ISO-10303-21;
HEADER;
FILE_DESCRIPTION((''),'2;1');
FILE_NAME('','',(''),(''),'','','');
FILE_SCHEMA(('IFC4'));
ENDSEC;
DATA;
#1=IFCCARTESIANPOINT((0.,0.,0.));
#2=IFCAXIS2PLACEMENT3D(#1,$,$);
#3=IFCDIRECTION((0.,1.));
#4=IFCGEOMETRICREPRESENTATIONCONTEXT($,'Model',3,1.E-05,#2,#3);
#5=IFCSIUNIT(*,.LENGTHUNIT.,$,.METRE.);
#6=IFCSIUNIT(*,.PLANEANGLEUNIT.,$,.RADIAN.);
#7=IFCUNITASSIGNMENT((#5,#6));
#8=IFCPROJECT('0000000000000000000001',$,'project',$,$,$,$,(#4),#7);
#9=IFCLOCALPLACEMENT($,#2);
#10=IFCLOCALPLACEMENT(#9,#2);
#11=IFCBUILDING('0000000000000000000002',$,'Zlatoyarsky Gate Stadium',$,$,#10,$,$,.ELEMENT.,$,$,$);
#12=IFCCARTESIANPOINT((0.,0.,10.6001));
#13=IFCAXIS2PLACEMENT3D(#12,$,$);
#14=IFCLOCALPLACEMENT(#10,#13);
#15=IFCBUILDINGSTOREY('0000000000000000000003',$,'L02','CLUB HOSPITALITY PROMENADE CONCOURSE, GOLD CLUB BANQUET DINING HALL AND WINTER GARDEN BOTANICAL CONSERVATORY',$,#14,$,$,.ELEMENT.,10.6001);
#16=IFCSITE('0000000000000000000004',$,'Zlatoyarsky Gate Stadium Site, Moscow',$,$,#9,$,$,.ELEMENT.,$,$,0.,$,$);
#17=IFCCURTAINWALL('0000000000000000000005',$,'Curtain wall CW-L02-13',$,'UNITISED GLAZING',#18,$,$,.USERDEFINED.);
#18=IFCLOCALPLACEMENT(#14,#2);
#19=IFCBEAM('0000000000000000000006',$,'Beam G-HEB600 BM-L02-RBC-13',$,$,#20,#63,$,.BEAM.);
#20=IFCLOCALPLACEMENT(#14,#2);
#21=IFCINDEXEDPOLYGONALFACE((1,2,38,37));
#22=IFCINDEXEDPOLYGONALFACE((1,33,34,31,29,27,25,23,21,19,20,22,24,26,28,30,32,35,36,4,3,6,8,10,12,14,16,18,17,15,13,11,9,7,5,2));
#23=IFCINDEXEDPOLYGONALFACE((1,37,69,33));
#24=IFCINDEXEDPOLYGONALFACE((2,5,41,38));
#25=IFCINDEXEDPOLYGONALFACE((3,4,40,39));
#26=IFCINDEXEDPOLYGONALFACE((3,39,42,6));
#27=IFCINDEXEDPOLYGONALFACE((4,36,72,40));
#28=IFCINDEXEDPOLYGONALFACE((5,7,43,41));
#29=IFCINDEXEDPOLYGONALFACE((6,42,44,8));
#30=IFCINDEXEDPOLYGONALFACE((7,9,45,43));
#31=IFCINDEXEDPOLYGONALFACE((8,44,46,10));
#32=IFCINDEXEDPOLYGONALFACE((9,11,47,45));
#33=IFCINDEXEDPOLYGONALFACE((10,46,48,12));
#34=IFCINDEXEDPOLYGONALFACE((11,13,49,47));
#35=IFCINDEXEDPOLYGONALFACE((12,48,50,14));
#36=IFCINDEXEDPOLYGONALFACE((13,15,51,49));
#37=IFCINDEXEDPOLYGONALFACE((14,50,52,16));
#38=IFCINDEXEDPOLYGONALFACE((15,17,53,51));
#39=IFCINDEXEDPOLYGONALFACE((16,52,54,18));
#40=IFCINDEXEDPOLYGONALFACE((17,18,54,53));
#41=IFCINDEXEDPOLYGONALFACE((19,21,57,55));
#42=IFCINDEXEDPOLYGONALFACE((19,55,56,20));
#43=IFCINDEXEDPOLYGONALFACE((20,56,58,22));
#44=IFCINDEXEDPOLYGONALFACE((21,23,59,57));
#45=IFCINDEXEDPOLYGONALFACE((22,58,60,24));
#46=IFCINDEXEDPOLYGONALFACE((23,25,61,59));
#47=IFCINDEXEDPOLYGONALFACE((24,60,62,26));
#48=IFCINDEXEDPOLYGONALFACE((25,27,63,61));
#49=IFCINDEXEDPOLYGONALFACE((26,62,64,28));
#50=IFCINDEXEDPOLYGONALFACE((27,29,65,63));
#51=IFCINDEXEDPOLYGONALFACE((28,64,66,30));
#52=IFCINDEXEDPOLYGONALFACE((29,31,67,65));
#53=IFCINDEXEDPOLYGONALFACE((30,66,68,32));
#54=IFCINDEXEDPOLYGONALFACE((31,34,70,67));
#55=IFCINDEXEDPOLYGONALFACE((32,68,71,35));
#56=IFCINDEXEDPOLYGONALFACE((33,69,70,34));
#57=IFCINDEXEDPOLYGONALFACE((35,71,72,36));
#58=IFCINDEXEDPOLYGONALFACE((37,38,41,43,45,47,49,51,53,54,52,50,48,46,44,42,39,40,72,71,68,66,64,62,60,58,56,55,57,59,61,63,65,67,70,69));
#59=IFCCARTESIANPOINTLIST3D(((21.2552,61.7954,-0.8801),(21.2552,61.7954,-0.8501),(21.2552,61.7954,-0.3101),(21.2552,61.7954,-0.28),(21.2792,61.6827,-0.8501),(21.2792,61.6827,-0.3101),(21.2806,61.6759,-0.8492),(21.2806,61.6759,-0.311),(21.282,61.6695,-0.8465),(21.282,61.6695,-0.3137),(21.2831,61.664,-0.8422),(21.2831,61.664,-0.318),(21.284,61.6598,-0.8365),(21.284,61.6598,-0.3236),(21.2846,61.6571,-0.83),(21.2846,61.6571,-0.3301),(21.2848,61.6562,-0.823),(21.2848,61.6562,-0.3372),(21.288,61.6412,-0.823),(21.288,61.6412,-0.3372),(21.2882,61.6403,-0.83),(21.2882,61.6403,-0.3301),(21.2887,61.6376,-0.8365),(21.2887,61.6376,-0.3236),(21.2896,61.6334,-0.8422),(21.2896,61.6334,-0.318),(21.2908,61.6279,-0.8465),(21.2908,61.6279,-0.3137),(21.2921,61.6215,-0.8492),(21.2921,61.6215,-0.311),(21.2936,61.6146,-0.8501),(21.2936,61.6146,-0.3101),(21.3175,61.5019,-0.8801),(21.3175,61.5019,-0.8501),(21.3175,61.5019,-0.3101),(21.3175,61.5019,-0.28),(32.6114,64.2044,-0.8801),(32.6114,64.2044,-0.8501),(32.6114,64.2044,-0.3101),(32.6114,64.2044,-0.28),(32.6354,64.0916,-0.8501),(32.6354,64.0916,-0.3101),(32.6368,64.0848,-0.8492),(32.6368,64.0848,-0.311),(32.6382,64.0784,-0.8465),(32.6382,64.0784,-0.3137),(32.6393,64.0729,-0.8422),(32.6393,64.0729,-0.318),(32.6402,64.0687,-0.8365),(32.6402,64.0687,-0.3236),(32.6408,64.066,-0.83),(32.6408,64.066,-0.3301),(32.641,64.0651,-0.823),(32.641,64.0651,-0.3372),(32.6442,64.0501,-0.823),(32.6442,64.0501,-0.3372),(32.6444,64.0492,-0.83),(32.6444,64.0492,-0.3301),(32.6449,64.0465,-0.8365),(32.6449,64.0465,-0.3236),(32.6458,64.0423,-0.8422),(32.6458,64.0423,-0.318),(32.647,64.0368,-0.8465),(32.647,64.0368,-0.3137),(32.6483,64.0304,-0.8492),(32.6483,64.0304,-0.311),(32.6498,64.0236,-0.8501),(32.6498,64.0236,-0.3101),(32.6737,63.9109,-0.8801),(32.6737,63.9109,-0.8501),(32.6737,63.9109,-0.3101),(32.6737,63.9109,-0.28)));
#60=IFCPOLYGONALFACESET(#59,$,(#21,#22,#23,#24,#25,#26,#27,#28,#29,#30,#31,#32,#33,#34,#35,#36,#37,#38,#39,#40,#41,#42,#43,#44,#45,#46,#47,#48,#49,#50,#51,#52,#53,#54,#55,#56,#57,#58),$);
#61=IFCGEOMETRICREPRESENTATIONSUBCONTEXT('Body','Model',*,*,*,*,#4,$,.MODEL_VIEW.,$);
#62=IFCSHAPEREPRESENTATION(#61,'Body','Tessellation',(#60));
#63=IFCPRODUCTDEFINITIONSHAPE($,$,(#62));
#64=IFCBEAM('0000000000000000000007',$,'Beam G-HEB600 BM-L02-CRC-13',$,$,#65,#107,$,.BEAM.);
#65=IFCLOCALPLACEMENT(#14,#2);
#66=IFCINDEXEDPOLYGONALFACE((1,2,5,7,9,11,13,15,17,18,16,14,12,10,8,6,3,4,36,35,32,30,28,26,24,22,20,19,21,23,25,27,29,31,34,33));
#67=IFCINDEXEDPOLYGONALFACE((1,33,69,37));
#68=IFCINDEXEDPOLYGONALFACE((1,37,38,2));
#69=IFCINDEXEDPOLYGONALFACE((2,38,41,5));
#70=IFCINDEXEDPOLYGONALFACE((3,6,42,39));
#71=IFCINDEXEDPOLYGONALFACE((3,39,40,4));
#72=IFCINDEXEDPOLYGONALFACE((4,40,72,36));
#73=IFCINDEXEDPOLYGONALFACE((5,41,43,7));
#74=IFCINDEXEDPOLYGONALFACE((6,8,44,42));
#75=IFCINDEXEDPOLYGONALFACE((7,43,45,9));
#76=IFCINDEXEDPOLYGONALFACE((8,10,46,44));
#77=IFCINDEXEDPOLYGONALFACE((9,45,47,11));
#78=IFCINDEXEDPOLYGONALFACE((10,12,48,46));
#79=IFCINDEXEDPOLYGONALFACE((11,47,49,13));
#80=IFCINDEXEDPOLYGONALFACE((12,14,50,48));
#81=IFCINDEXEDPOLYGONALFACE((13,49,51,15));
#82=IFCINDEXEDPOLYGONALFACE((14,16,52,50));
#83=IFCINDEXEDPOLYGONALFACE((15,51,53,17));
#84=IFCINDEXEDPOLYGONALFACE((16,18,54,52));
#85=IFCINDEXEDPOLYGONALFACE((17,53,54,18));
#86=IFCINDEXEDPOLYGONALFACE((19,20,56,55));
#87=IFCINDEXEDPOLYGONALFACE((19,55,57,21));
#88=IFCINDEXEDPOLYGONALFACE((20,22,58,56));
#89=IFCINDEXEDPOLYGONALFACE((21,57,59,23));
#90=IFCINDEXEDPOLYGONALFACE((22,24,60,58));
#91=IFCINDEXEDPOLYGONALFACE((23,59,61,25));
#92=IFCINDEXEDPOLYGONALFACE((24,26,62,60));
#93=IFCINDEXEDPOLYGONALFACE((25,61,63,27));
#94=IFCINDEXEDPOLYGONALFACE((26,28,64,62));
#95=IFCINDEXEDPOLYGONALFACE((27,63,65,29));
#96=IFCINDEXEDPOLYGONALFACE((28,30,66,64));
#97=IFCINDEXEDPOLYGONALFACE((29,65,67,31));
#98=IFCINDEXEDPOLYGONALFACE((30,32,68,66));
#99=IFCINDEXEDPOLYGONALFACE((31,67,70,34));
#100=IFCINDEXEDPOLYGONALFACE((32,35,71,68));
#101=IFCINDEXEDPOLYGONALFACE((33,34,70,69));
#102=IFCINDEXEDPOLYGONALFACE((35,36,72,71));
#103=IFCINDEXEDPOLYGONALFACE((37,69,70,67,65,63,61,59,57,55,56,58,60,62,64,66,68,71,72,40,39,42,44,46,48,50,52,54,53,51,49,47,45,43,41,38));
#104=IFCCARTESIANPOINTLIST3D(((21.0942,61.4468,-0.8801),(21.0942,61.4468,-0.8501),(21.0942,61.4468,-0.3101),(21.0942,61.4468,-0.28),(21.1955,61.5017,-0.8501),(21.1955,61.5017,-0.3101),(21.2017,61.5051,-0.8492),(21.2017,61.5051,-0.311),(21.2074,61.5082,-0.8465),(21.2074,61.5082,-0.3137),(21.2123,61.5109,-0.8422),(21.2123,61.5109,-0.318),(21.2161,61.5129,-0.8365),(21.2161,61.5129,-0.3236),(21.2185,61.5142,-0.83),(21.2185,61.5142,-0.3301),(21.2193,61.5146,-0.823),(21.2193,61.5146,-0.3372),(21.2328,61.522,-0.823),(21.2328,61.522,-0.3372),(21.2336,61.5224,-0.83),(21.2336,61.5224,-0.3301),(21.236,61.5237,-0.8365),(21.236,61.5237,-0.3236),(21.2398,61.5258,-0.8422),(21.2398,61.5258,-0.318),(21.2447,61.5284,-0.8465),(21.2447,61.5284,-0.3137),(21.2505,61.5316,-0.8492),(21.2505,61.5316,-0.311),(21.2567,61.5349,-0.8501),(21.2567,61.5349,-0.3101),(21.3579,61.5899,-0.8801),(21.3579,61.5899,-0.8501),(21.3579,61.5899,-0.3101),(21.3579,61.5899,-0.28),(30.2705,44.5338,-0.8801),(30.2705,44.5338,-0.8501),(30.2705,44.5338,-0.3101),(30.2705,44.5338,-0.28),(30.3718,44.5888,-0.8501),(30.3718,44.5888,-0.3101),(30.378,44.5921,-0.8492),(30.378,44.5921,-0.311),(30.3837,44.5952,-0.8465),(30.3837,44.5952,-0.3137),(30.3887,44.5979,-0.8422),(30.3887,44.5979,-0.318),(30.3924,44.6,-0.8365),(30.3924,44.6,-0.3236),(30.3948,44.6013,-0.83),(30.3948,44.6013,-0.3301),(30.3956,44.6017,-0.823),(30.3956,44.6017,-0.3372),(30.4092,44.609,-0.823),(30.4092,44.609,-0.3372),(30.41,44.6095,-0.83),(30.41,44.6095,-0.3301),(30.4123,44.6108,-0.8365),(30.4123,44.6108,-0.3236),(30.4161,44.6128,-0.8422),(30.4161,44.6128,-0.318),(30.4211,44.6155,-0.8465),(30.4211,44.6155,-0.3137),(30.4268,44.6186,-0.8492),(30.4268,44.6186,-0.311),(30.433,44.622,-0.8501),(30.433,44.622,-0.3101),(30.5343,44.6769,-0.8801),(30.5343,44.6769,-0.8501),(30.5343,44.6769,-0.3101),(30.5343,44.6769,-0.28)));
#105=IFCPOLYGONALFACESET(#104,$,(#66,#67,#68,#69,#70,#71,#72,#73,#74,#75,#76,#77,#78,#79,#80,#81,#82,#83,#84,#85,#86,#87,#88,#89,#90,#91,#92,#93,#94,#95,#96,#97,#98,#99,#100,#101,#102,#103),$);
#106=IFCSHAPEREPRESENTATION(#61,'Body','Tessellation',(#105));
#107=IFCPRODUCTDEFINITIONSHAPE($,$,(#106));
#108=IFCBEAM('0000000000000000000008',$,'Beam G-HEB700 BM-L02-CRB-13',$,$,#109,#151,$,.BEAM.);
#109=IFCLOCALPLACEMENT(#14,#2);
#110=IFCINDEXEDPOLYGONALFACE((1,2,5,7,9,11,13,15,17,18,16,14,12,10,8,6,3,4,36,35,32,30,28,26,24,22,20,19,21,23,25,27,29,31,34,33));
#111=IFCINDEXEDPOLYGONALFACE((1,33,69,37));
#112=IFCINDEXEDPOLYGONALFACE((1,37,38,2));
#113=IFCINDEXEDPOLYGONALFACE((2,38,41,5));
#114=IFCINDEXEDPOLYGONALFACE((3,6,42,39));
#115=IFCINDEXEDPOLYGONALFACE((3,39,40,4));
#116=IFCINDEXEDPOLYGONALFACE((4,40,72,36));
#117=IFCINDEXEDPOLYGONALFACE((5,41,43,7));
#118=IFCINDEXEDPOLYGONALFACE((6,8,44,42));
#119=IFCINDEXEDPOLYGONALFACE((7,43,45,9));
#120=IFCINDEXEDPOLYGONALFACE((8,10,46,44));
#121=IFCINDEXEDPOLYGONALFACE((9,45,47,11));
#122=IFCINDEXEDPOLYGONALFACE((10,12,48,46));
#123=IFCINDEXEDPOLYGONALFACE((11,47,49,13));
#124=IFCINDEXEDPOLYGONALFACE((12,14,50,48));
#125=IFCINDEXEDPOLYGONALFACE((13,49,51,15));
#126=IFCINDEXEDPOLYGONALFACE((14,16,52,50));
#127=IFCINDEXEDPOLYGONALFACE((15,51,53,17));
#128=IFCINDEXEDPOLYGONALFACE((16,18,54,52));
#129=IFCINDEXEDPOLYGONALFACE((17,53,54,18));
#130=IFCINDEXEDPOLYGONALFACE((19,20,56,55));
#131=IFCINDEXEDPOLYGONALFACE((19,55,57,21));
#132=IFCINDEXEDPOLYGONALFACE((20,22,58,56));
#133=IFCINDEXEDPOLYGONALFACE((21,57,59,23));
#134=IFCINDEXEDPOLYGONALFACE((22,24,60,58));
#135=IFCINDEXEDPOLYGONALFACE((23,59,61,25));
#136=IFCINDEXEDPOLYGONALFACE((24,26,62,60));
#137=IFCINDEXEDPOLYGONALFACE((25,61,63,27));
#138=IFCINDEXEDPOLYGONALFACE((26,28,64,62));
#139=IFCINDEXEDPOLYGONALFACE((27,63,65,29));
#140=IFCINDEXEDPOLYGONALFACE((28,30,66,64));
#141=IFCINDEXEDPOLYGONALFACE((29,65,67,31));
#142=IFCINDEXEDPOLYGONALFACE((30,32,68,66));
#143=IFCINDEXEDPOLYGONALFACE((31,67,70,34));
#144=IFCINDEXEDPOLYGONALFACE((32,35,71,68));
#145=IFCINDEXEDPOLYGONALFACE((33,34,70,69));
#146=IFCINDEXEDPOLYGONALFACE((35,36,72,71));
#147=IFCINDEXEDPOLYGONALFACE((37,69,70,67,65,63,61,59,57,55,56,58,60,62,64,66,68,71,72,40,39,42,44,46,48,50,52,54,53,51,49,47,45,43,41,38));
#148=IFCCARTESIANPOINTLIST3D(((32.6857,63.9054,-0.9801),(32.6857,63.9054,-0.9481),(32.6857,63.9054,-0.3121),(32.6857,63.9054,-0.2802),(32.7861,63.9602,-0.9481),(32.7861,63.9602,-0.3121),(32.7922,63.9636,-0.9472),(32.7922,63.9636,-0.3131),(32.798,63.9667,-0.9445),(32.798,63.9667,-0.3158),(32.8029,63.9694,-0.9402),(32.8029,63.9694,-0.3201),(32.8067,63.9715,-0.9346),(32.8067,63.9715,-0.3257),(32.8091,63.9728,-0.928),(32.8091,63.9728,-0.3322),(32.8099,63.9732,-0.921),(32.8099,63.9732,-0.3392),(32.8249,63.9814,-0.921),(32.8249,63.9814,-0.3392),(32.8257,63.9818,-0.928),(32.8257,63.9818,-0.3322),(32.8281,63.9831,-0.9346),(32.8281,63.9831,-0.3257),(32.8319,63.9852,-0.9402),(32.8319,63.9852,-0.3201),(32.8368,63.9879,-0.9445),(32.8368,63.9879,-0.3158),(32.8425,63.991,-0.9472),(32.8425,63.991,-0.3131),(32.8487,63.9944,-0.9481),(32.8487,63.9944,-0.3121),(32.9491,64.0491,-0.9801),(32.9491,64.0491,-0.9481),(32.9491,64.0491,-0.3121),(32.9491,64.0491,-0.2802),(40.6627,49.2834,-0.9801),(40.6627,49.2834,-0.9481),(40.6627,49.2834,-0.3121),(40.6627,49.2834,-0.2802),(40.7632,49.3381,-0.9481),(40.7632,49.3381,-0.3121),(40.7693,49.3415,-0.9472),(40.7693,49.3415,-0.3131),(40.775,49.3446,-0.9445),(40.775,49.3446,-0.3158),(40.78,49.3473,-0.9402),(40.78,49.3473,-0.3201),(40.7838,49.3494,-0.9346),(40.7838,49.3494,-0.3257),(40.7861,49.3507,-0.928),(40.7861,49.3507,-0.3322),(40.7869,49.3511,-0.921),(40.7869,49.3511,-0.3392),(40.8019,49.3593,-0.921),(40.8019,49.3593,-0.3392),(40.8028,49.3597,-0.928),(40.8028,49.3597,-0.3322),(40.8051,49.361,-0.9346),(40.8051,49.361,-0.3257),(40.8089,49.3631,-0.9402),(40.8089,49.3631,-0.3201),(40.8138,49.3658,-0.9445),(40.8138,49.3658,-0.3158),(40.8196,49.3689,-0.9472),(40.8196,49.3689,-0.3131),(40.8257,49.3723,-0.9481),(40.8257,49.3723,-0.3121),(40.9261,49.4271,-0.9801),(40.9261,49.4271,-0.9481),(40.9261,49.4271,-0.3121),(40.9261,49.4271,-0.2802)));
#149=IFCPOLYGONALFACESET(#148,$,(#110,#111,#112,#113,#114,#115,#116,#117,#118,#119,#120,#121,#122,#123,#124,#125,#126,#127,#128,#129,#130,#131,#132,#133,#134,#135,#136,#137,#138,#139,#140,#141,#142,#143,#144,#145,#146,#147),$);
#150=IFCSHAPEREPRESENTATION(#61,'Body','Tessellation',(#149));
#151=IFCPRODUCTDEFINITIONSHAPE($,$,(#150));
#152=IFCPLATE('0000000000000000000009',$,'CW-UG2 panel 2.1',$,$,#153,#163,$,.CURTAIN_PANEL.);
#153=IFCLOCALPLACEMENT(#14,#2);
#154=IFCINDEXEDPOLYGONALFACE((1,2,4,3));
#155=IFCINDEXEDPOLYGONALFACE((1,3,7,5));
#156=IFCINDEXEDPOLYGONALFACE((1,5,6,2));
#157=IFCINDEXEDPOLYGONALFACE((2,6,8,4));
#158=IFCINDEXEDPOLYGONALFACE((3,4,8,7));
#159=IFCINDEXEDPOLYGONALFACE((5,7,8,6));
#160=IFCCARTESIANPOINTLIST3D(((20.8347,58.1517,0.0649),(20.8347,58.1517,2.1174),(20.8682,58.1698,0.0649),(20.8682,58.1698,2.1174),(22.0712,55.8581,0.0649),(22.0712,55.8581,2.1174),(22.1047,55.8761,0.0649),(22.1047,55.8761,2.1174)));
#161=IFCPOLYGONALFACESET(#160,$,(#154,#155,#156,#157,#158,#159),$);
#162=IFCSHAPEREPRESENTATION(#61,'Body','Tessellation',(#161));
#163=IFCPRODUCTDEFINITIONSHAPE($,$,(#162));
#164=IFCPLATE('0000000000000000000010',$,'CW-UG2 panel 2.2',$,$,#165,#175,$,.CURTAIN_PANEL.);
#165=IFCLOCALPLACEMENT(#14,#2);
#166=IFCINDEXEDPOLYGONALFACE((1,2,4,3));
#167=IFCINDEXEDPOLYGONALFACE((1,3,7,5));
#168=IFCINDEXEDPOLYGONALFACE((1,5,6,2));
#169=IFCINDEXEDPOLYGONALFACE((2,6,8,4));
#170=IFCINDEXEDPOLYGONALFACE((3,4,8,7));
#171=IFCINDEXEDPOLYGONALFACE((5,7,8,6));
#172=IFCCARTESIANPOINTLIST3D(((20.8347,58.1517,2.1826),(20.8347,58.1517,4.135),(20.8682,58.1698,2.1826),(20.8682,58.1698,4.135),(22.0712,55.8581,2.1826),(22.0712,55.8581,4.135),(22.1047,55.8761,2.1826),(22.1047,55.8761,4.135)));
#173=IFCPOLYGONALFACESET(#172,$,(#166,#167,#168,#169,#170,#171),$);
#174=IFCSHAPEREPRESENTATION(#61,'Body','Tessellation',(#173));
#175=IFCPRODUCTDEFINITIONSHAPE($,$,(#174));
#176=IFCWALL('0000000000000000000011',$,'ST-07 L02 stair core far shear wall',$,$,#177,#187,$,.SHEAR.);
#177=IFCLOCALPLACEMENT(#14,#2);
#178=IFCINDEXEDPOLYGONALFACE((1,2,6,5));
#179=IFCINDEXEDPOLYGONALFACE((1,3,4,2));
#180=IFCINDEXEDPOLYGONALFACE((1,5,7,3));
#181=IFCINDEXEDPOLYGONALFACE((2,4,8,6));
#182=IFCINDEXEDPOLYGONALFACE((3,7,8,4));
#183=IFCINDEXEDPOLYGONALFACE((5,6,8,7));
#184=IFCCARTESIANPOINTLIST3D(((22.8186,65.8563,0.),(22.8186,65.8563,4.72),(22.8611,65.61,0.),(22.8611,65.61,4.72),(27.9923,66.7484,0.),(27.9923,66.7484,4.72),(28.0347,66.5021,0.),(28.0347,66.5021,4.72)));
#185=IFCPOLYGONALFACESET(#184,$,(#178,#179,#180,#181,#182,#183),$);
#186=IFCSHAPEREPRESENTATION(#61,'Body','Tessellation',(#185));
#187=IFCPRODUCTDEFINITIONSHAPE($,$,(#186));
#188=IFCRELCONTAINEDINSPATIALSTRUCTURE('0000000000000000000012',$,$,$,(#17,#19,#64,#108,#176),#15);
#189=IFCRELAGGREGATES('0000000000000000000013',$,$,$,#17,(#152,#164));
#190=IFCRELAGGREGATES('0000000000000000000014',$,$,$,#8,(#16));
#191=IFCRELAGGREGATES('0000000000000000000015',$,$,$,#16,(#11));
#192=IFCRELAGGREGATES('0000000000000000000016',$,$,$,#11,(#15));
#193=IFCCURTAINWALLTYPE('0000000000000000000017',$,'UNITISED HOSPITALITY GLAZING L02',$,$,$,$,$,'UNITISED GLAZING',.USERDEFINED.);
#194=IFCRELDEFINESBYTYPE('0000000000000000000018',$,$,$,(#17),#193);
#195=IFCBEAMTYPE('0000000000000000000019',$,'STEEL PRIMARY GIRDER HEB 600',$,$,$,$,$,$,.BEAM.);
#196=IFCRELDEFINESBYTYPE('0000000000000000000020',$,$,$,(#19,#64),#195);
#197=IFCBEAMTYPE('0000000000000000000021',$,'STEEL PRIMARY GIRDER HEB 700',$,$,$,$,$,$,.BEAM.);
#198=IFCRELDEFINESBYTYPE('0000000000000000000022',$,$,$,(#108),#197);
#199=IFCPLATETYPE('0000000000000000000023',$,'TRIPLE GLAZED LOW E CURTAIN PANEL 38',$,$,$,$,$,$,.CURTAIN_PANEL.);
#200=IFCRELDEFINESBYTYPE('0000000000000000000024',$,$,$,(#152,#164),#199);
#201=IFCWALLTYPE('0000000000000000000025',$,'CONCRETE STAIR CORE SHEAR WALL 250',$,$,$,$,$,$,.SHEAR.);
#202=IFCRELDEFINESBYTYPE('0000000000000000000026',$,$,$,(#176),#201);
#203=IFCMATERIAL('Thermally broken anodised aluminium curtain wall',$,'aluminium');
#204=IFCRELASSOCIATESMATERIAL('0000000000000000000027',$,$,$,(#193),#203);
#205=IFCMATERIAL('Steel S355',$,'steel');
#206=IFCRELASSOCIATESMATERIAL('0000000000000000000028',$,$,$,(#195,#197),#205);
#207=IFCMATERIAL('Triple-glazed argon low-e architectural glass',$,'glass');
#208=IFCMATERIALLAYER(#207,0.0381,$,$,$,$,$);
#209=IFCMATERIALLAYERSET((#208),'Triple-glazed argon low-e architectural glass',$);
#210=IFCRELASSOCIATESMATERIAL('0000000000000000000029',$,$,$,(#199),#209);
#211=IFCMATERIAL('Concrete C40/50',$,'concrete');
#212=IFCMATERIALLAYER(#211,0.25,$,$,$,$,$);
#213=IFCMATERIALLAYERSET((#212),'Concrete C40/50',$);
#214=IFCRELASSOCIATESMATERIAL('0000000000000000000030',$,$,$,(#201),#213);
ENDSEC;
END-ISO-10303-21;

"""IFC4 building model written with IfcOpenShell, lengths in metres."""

from ifc_helpers import new_model, si_unit, direction, frame, frame_2d, origin, origin_2d, place, context, subcontext, project, spatial, rectangle, i_section, extrude, material, layer, layer_set, material_profile, profile_set, type_object, element, aggregate, save


model = new_model("IFC4")

# Units and contexts
model_context = context("Model", 3, precision=1e-05, world=origin(), true_north=direction((0.0, 1.0)))
body_context = subcontext(model_context, "Body", "Model", "MODEL_VIEW")
ifc_project = project(units=[si_unit("LENGTHUNIT", "METRE"), si_unit("PLANEANGLEUNIT", "RADIAN")], contexts=[model_context])

# Site, building, storey
site_placement = place(None, origin())
site = spatial("IfcSite", under=ifc_project, at=site_placement, Name="Zlatoyarsky Gate Stadium Site, Moscow", CompositionType="ELEMENT", RefElevation=0.0)
building_placement = place(site_placement, origin())
building = spatial("IfcBuilding", under=site, at=building_placement, Name="Zlatoyarsky Gate Stadium", CompositionType="ELEMENT")
storey_placement = place(building_placement, frame((0.0, 0.0, 10.6001)))
storey = spatial("IfcBuildingStorey", under=building, at=storey_placement, Name="L02", Description="CLUB HOSPITALITY PROMENADE CONCOURSE, GOLD CLUB BANQUET DINING HALL AND WINTER GARDEN BOTANICAL CONSERVATORY", CompositionType="ELEMENT", Elevation=10.6001)

# Shared definitions
ifc_material_1 = material(Name="Concrete C40/50", Category="concrete")
ifc_material_2 = material(Name="Steel S355", Category="steel")

# Curtain wall
ifc_material_3 = material(Name="Thermally broken anodised aluminium curtain wall", Category="aluminium")
curtain_wall_type = type_object("IfcCurtainWallType", Name="UNITISED HOSPITALITY GLAZING L02", ElementType="UNITISED GLAZING", PredefinedType="USERDEFINED", material=ifc_material_3)
curtain_wall_placement = place(storey_placement, origin())
curtain_wall = element("IfcCurtainWall", 1, at=curtain_wall_placement, inside=storey, type_object=curtain_wall_type, Name="Curtain wall CW-L02-13", ObjectType="UNITISED GLAZING", PredefinedType="USERDEFINED")

# Beams
ifc_material_profile_1 = material_profile(ifc_material_2, i_section(OverallWidth=0.3, OverallDepth=0.6001, WebThickness=0.0154, FlangeThickness=0.03, FilletRadius=0.0271, at=origin_2d()), Name="HEB 600")
ifc_profile_set_1 = profile_set([ifc_material_profile_1], Name="Steel S355")
beam_type_1 = type_object("IfcBeamType", Name="STEEL PRIMARY GIRDER HEB 600", PredefinedType="BEAM", material=ifc_profile_set_1)
beam_1_placement = place(storey_placement, frame((32.6426, 64.0576, -0.5801), z_axis=(-0.978233, -0.207508, 0.0), x_axis=(0.207508, -0.978233, 0.0)))
element("IfcBeam", 2, at=beam_1_placement, inside=storey, type_object=beam_type_1, Name="Beam G-HEB600 BM-L02-RBC-13", PredefinedType="BEAM", context=body_context, shape_type="SweptSolid", body=[
    extrude(i_section(OverallWidth=0.3, OverallDepth=0.6001, WebThickness=0.0154, FlangeThickness=0.03, FilletRadius=0.0271, at=origin_2d()), origin(), (0.0, 0.0, 1.0), 11.6089),
])
beam_2_placement = place(storey_placement, frame((21.2261, 61.5183, -0.5801), z_axis=(0.476892, -0.878962, 0.0), x_axis=(0.878962, 0.476892, 0.0)))
element("IfcBeam", 3, at=beam_2_placement, inside=storey, type_object=beam_type_1, Name="Beam G-HEB600 BM-L02-CRC-13", PredefinedType="BEAM", context=body_context, shape_type="SweptSolid", body=[
    extrude(i_section(OverallWidth=0.3, OverallDepth=0.6001, WebThickness=0.0154, FlangeThickness=0.03, FilletRadius=0.0271, at=origin_2d()), origin(), (0.0, 0.0, 1.0), 19.2419),
])
ifc_material_profile_2 = material_profile(ifc_material_2, i_section(OverallWidth=0.3, OverallDepth=0.7, WebThickness=0.0171, FlangeThickness=0.032, FilletRadius=0.0271, at=origin_2d()), Name="HEB 700")
ifc_profile_set_2 = profile_set([ifc_material_profile_2], Name="Steel S355")
beam_type_2 = type_object("IfcBeamType", Name="STEEL PRIMARY GIRDER HEB 700", PredefinedType="BEAM", material=ifc_profile_set_2)
beam_3_placement = place(storey_placement, frame((32.8174, 63.9773, -0.6301), z_axis=(0.478916, -0.877861, 0.0), x_axis=(0.877861, 0.478916, 0.0)))
element("IfcBeam", 4, at=beam_3_placement, inside=storey, type_object=beam_type_2, Name="Beam G-HEB700 BM-L02-CRB-13", PredefinedType="BEAM", context=body_context, shape_type="SweptSolid", body=[
    extrude(i_section(OverallWidth=0.3, OverallDepth=0.7, WebThickness=0.0171, FlangeThickness=0.032, FilletRadius=0.0271, at=origin_2d()), origin(), (0.0, 0.0, 1.0), 16.6565),
])

# Plates
ifc_material_4 = material(Name="Triple-glazed argon low-e architectural glass", Category="glass")
ifc_layer_1 = layer(ifc_material_4, 0.0381)
ifc_layer_set_1 = layer_set([ifc_layer_1], Name="Triple-glazed argon low-e architectural glass")
plate_type = type_object("IfcPlateType", Name="TRIPLE GLAZED LOW E CURTAIN PANEL 38", PredefinedType="CURTAIN_PANEL", material=ifc_layer_set_1)
plate_1_placement = place(storey_placement, frame((21.4697, 57.0139, 0.0649), z_axis=(0.0, 0.0, 1.0), x_axis=(0.474536, -0.880236, 0.0)))
plate_1 = element("IfcPlate", 5, at=plate_1_placement, type_object=plate_type, Name="CW-UG2 panel 2.1", PredefinedType="CURTAIN_PANEL", context=body_context, shape_type="SweptSolid", body=[
    extrude(rectangle(XDim=2.6057, YDim=0.0381, at=origin_2d()), origin(), (0.0, 0.0, 1.0), 2.0525),
])
plate_2_placement = place(storey_placement, frame((21.4697, 57.0139, 2.1826), z_axis=(0.0, 0.0, 1.0), x_axis=(0.474536, -0.880236, 0.0)))
plate_2 = element("IfcPlate", 6, at=plate_2_placement, type_object=plate_type, Name="CW-UG2 panel 2.2", PredefinedType="CURTAIN_PANEL", context=body_context, shape_type="SweptSolid", body=[
    extrude(rectangle(XDim=2.6057, YDim=0.0381, at=origin_2d()), origin(), (0.0, 0.0, 1.0), 1.9524),
])
aggregate(curtain_wall, [plate_1, plate_2])

# Wall
ifc_layer_2 = layer(ifc_material_1, 0.25)
ifc_layer_set_2 = layer_set([ifc_layer_2], Name="Concrete C40/50")
wall_type_1 = type_object("IfcWallType", Name="CONCRETE STAIR CORE SHEAR WALL 250", PredefinedType="SHEAR", material=ifc_layer_set_2)
wall_1_placement = place(storey_placement, frame((22.8398, 65.7332, 0.0), z_axis=(0.0, 0.0, 1.0), x_axis=(0.985457, 0.169924, 0.0)))
element("IfcWall", 7, at=wall_1_placement, inside=storey, type_object=wall_type_1, Name="ST-07 L02 stair core far shear wall", PredefinedType="SHEAR", context=body_context, shape_type="SweptSolid", body=[
    extrude(rectangle(XDim=5.25, YDim=0.25, at=frame_2d((2.625, 0.0))), origin(), (0.0, 0.0, 1.0), 4.72),
])

save(model, "model.ifc")
